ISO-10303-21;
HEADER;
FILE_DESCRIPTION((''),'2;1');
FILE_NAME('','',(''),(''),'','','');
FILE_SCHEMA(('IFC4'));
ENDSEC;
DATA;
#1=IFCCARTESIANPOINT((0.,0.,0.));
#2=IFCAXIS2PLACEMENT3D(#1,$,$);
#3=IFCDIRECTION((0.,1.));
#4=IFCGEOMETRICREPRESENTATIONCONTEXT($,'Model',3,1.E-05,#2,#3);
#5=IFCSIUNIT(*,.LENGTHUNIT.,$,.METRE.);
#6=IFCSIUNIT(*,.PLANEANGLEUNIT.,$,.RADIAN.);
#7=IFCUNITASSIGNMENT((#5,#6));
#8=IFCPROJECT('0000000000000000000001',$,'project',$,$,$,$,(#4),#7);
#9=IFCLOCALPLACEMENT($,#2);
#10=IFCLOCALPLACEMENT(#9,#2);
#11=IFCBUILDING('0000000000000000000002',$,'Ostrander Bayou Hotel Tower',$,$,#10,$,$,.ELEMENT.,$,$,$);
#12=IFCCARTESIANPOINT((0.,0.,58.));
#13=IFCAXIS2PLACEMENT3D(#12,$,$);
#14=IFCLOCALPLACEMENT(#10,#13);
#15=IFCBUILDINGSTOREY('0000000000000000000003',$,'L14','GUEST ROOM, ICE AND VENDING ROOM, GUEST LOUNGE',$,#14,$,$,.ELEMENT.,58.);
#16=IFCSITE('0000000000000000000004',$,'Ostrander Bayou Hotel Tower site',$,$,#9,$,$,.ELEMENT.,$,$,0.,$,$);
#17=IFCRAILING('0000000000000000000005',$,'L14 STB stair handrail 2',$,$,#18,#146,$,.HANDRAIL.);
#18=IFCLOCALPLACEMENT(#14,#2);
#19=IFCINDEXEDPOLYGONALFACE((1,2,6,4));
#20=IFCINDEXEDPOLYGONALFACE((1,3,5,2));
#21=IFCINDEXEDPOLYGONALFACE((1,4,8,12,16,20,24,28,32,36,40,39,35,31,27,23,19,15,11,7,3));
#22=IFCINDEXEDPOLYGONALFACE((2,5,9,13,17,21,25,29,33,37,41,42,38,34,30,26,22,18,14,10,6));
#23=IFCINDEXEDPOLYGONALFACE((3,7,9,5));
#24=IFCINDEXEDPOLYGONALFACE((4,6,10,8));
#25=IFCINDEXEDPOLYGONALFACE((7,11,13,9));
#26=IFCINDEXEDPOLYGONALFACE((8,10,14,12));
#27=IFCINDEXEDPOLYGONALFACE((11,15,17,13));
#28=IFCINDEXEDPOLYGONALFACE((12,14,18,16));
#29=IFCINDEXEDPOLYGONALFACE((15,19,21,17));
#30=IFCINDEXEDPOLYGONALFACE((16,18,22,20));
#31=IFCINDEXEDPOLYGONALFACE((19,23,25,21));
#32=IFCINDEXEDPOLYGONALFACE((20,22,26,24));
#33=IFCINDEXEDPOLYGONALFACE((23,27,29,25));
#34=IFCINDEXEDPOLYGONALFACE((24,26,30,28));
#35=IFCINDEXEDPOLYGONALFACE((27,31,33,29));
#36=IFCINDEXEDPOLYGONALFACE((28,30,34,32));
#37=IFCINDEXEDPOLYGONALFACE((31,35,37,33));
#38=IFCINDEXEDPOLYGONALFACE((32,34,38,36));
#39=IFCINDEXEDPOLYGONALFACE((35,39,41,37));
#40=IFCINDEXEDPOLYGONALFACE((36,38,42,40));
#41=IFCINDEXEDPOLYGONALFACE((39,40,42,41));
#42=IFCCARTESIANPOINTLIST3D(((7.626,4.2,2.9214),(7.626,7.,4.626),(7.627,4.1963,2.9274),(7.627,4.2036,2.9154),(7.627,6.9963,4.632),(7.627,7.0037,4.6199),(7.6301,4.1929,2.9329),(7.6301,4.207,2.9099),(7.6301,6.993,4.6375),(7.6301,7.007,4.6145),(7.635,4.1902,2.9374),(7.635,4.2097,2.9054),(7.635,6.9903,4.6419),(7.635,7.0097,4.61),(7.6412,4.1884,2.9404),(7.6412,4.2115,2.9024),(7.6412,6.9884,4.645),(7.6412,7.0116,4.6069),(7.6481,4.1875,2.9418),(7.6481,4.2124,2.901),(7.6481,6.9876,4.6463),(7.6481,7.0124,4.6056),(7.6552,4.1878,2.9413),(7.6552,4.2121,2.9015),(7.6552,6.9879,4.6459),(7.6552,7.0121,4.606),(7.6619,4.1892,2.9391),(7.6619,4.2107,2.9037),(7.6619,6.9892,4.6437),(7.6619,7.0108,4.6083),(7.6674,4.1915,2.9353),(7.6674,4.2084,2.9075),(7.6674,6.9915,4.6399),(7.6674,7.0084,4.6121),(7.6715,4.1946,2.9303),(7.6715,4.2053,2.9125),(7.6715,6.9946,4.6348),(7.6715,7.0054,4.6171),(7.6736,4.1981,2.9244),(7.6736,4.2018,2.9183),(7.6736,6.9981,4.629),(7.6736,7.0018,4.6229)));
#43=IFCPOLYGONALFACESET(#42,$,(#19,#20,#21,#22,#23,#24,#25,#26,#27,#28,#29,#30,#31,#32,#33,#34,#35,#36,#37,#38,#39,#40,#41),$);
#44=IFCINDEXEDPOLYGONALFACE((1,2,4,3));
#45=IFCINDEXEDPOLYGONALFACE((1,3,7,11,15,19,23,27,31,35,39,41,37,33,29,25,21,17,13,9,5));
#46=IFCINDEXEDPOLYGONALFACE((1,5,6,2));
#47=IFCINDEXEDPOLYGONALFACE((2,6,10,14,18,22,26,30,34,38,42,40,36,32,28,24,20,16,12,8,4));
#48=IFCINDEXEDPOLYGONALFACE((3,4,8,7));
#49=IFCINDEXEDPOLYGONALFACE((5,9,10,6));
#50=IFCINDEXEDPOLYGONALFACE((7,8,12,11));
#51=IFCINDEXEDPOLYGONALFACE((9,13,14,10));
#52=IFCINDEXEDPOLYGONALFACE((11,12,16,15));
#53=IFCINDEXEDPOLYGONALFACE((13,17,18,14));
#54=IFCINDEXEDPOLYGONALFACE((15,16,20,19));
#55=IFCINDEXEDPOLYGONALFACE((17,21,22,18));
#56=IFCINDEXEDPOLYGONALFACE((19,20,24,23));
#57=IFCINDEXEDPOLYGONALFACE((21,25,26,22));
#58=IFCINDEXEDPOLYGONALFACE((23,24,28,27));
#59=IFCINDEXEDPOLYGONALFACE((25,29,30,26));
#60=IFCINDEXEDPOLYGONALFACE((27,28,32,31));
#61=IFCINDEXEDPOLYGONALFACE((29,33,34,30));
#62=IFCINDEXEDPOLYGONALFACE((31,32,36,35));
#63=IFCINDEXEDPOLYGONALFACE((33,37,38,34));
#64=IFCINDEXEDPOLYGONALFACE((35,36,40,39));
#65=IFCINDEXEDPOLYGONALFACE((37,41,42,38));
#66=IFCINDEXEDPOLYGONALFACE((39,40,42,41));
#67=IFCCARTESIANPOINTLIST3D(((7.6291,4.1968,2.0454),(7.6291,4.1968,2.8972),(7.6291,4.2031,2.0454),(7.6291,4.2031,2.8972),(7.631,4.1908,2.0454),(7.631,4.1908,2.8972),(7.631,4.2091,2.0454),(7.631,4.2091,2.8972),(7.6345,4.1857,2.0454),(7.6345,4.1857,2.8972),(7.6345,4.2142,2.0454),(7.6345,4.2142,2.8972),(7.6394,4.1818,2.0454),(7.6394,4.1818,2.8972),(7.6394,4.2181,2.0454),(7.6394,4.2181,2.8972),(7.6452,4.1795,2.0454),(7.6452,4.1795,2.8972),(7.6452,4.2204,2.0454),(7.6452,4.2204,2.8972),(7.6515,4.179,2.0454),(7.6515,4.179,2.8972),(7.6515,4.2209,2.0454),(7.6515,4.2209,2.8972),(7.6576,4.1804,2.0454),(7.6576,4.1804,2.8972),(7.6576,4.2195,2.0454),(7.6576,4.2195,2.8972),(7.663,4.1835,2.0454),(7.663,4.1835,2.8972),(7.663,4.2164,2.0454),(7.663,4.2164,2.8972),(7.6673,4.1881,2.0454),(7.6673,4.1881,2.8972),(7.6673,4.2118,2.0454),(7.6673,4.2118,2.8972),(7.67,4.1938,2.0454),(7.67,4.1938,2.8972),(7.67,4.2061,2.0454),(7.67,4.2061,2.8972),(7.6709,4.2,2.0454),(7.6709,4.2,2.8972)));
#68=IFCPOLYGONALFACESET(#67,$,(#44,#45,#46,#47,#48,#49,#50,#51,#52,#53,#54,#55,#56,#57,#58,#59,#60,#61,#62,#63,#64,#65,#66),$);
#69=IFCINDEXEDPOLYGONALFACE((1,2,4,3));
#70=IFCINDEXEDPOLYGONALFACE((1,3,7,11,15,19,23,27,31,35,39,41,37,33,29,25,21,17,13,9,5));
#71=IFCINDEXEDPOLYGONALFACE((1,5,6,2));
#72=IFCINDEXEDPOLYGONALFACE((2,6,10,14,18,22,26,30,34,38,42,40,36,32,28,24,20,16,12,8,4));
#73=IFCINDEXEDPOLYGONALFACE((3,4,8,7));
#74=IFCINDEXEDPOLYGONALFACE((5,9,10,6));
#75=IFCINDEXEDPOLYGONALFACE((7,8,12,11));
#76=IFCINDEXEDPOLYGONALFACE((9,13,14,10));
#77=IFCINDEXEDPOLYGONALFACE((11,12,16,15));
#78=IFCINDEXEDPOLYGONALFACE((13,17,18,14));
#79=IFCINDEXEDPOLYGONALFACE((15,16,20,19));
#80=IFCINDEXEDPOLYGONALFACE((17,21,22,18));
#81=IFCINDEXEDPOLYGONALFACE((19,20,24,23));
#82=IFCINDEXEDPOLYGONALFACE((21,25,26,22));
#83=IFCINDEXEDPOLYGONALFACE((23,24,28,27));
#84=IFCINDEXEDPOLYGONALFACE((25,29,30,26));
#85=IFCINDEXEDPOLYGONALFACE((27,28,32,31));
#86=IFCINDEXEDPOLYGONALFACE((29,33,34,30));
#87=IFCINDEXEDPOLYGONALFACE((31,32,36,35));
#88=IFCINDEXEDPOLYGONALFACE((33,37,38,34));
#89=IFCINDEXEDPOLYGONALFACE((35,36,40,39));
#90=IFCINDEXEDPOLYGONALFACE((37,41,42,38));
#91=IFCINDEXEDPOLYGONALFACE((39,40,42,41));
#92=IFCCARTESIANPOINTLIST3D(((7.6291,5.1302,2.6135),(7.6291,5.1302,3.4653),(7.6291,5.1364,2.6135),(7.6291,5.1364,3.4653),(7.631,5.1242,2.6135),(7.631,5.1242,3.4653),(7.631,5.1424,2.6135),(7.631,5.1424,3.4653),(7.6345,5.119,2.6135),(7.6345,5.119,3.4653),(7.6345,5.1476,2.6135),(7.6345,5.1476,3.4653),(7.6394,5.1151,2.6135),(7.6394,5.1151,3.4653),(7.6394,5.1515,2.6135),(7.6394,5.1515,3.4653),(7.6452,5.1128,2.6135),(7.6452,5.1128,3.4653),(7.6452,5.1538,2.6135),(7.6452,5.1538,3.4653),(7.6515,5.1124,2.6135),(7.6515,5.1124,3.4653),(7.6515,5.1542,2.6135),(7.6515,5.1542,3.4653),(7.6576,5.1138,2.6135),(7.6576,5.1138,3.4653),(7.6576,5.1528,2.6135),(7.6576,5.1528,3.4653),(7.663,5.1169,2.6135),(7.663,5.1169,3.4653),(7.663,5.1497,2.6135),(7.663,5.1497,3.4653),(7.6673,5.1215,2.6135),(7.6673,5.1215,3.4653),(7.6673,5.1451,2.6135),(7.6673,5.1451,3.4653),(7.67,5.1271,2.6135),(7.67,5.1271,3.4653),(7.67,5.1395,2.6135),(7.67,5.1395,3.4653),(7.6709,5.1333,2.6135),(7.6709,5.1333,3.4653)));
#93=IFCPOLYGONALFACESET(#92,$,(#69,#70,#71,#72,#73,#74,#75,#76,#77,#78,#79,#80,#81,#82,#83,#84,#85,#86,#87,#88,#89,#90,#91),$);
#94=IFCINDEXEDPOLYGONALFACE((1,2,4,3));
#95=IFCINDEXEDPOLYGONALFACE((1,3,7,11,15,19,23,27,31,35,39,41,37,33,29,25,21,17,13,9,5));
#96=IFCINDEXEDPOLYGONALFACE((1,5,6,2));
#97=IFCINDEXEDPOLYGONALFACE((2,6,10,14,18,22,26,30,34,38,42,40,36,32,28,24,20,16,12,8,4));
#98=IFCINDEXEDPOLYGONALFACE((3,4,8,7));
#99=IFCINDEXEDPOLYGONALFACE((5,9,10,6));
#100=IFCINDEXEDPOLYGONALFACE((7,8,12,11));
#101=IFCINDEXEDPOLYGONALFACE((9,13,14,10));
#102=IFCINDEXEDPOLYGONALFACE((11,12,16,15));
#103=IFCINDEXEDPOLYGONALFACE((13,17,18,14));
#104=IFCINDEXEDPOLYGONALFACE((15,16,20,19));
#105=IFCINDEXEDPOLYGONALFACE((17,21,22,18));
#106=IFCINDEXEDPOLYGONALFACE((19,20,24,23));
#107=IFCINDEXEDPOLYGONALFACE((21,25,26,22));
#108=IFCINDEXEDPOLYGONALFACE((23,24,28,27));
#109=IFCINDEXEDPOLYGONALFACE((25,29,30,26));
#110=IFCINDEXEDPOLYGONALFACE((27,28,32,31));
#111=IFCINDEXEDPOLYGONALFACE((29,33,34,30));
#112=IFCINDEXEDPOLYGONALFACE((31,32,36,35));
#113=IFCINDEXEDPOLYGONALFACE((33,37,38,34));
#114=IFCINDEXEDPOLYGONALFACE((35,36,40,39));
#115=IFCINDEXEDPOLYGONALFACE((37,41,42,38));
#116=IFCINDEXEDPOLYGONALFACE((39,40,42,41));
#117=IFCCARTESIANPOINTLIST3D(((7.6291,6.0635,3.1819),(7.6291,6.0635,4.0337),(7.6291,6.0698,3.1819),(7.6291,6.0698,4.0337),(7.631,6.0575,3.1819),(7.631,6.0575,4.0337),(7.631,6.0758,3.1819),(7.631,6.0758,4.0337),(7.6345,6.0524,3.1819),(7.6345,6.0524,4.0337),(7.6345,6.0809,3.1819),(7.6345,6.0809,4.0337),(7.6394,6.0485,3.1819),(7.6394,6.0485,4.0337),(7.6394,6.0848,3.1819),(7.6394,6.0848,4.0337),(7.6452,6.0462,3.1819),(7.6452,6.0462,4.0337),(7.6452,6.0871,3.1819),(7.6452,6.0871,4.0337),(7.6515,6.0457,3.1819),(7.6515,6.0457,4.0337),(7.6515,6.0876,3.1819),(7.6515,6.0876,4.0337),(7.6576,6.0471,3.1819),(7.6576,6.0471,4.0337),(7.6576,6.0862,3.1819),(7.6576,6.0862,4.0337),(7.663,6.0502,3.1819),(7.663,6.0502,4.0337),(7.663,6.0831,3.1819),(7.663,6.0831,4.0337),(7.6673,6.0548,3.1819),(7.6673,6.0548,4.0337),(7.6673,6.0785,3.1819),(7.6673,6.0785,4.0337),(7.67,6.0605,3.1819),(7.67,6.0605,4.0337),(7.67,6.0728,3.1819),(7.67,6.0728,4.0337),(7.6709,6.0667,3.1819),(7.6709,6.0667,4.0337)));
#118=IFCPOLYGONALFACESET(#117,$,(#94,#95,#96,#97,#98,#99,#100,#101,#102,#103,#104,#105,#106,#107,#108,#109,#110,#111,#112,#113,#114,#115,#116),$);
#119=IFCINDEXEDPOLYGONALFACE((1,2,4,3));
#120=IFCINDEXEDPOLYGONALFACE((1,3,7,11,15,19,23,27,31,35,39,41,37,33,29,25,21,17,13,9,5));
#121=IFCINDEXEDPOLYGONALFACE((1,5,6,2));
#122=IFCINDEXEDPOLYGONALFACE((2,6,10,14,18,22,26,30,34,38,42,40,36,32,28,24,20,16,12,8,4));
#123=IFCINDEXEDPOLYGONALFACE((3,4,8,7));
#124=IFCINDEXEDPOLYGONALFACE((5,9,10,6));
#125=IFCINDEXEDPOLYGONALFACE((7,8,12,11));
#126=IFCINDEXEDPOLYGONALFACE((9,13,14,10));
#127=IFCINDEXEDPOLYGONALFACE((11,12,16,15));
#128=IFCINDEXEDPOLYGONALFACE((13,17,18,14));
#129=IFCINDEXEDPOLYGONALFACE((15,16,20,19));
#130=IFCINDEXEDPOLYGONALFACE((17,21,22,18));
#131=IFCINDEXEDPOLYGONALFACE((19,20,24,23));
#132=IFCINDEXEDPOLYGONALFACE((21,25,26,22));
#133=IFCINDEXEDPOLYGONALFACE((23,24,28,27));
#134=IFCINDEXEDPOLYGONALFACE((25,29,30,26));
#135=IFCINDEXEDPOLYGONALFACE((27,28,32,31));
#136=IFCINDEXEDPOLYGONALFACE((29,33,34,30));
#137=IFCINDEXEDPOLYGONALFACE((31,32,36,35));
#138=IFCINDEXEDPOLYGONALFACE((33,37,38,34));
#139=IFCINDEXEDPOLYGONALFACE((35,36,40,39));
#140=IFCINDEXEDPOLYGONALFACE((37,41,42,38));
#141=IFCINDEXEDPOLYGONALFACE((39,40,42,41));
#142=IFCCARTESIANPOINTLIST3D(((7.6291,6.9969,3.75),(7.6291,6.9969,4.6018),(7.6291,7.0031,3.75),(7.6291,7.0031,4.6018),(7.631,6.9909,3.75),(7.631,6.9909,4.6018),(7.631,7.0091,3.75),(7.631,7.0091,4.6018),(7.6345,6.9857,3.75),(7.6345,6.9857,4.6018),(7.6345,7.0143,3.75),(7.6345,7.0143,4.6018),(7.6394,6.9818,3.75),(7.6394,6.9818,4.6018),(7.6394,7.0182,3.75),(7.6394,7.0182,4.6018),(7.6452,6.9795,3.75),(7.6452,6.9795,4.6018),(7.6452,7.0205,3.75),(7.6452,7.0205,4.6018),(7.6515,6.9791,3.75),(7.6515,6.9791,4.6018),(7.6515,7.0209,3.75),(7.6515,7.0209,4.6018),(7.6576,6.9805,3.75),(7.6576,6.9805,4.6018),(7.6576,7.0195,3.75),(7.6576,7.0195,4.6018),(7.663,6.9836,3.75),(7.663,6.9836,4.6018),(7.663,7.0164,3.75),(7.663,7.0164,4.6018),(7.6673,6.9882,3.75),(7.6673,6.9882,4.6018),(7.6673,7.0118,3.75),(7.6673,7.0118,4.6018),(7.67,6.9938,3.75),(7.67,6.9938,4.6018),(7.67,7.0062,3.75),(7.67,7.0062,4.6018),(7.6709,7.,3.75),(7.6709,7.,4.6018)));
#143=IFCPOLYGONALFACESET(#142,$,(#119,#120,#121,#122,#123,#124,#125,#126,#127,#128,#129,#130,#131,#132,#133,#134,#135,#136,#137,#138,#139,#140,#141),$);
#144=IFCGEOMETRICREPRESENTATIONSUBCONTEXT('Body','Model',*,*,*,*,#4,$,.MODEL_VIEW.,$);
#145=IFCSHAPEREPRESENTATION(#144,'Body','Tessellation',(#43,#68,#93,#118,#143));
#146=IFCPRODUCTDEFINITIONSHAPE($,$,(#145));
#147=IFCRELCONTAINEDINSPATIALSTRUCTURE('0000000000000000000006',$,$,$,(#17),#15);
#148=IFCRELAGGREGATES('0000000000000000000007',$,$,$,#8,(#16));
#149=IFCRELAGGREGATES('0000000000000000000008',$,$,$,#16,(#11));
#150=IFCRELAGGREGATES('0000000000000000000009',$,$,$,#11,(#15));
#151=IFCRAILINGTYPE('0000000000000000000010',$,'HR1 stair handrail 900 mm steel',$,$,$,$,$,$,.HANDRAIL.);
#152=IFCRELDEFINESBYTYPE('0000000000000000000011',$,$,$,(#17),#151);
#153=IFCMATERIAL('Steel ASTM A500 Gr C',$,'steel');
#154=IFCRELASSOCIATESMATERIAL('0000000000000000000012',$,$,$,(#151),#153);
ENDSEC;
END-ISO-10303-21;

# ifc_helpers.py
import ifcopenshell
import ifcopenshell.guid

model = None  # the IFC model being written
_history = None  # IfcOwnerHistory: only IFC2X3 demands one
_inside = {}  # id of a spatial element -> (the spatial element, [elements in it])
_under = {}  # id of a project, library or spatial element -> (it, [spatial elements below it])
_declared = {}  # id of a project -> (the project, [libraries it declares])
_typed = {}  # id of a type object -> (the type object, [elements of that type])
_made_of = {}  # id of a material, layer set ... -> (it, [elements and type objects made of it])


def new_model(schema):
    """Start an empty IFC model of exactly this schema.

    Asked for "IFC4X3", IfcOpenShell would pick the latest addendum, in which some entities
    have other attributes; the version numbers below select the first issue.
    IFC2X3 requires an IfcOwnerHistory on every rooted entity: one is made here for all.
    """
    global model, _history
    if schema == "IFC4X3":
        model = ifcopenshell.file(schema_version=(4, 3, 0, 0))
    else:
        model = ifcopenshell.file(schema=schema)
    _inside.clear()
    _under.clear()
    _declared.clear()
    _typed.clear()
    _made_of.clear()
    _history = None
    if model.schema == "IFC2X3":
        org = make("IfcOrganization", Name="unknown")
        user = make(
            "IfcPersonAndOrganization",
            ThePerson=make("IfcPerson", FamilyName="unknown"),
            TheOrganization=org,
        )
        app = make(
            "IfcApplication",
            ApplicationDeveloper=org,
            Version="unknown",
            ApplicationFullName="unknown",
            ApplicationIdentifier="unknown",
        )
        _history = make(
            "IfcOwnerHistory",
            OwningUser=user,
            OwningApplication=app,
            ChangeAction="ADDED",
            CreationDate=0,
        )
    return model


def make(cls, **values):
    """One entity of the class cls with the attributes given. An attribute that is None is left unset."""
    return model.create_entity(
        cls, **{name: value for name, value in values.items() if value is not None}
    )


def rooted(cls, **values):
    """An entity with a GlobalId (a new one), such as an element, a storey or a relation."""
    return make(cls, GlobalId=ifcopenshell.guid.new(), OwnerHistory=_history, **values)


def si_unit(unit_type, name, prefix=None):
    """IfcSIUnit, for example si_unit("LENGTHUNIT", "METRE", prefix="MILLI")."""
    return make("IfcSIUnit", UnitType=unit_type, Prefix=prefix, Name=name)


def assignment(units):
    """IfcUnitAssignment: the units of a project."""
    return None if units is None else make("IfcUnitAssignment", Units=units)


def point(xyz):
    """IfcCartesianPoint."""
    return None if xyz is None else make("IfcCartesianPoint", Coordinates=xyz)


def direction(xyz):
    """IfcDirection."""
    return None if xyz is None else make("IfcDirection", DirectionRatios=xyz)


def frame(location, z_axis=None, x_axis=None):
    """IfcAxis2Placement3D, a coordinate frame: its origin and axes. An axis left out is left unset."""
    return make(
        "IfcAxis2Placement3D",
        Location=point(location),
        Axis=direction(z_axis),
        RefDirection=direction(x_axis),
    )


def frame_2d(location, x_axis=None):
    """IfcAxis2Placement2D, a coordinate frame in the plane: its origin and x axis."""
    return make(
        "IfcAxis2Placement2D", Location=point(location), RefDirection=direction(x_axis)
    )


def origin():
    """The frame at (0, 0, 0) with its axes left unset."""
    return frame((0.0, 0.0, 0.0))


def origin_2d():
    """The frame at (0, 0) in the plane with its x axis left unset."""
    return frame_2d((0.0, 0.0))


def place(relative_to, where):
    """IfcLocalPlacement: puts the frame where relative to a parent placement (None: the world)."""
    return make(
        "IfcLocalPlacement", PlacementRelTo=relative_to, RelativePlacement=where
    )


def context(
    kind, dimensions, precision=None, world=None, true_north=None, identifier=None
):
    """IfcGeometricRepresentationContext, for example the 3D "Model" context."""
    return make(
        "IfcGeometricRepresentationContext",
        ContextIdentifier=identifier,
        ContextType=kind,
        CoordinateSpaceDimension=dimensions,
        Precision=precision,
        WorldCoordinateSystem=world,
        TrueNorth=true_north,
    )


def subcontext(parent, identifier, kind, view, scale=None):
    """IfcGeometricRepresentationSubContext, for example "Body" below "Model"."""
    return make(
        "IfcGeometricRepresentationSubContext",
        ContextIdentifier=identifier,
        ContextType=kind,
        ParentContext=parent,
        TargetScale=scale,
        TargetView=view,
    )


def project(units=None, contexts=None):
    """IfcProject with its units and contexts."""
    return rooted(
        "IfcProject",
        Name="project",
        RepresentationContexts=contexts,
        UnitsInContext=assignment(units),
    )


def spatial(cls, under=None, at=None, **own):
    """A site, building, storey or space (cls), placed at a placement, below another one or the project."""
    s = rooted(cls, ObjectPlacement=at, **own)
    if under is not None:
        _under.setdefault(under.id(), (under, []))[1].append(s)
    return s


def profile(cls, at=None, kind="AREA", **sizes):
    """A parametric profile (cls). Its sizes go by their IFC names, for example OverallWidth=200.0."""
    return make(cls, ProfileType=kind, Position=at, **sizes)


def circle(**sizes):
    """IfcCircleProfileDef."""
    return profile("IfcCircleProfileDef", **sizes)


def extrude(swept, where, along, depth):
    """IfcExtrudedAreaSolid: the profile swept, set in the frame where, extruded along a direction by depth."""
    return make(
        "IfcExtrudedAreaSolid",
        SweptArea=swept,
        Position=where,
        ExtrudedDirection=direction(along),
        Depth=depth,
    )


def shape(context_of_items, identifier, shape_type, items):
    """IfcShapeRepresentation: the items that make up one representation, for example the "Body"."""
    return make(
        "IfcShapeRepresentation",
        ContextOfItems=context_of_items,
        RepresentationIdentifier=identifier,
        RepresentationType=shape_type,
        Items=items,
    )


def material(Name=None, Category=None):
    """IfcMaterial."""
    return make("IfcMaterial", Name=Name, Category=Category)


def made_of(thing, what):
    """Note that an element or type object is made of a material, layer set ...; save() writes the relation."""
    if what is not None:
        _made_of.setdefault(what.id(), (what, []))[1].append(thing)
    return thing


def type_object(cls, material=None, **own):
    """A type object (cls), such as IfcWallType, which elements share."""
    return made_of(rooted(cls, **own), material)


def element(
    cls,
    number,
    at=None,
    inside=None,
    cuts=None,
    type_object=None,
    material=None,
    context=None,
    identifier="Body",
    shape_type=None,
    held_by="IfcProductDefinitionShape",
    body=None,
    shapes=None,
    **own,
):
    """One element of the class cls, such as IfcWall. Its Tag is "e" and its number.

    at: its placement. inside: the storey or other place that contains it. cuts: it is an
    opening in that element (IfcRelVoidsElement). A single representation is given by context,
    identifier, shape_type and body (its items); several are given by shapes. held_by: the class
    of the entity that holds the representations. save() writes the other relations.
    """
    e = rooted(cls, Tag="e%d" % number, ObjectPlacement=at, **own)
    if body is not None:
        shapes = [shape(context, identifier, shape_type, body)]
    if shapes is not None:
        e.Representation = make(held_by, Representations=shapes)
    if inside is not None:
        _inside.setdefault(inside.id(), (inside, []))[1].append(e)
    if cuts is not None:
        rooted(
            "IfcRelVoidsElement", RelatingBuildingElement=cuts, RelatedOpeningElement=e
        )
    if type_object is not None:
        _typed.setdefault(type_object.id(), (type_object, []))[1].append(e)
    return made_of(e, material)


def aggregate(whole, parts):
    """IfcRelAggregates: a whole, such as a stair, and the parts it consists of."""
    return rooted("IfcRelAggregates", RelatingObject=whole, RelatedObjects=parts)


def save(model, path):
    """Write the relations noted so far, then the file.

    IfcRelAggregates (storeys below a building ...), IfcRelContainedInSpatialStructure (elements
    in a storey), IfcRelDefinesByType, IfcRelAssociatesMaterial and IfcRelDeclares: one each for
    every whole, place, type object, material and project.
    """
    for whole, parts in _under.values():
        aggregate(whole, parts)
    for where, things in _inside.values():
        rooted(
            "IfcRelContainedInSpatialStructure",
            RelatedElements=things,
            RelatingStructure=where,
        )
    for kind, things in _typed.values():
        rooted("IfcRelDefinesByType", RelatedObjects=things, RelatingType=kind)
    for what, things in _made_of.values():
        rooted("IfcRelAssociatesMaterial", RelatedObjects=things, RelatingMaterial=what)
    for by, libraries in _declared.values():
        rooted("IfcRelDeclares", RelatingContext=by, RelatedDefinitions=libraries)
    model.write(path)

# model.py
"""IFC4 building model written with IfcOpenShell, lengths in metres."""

from ifc_helpers import new_model, si_unit, direction, frame, origin, origin_2d, place, context, subcontext, project, spatial, circle, extrude, material, type_object, element, save


model = new_model("IFC4")

# Units and contexts
model_context = context("Model", 3, precision=1e-05, world=origin(), true_north=direction((0.0, 1.0)))
body_context = subcontext(model_context, "Body", "Model", "MODEL_VIEW")
ifc_project = project(units=[si_unit("LENGTHUNIT", "METRE"), si_unit("PLANEANGLEUNIT", "RADIAN")], contexts=[model_context])

# Site, building, storey
site_placement = place(None, origin())
site = spatial("IfcSite", under=ifc_project, at=site_placement, Name="Ostrander Bayou Hotel Tower site", CompositionType="ELEMENT", RefElevation=0.0)
building_placement = place(site_placement, origin())
building = spatial("IfcBuilding", under=site, at=building_placement, Name="Ostrander Bayou Hotel Tower", CompositionType="ELEMENT")
storey_placement = place(building_placement, frame((0.0, 0.0, 58.0)))
storey = spatial("IfcBuildingStorey", under=building, at=storey_placement, Name="L14", Description="GUEST ROOM, ICE AND VENDING ROOM, GUEST LOUNGE", CompositionType="ELEMENT", Elevation=58.0)

# Railing
ifc_material_1 = material(Name="Steel ASTM A500 Gr C", Category="steel")
railing_type_1 = type_object("IfcRailingType", Name="HR1 stair handrail 900 mm steel", PredefinedType="HANDRAIL", material=ifc_material_1)
railing_1_placement = place(storey_placement, frame((7.6499, 4.2, 2.0454)))
element("IfcRailing", 1, at=railing_1_placement, inside=storey, type_object=railing_type_1, Name="L14 STB stair handrail 2", PredefinedType="HANDRAIL", context=body_context, shape_type="SweptSolid", body=[
    extrude(circle(Radius=0.0239, at=origin_2d()), frame((0.0, 0.0, 0.876), z_axis=(0.0, 0.85417, 0.519994), x_axis=(-1.0, 0.0, 0.0)), (0.0, 0.0, 1.0), 3.2781),
    extrude(circle(Radius=0.021, at=origin_2d()), origin(), (0.0, 0.0, 1.0), 0.8518),
    extrude(circle(Radius=0.021, at=origin_2d()), frame((0.0, 0.9333, 0.5681)), (0.0, 0.0, 1.0), 0.8518),
    extrude(circle(Radius=0.021, at=origin_2d()), frame((0.0, 1.8667, 1.1365)), (0.0, 0.0, 1.0), 0.8518),
    extrude(circle(Radius=0.021, at=origin_2d()), frame((0.0, 2.8, 1.7046)), (0.0, 0.0, 1.0), 0.8518),
])

save(model, "model.ifc")
